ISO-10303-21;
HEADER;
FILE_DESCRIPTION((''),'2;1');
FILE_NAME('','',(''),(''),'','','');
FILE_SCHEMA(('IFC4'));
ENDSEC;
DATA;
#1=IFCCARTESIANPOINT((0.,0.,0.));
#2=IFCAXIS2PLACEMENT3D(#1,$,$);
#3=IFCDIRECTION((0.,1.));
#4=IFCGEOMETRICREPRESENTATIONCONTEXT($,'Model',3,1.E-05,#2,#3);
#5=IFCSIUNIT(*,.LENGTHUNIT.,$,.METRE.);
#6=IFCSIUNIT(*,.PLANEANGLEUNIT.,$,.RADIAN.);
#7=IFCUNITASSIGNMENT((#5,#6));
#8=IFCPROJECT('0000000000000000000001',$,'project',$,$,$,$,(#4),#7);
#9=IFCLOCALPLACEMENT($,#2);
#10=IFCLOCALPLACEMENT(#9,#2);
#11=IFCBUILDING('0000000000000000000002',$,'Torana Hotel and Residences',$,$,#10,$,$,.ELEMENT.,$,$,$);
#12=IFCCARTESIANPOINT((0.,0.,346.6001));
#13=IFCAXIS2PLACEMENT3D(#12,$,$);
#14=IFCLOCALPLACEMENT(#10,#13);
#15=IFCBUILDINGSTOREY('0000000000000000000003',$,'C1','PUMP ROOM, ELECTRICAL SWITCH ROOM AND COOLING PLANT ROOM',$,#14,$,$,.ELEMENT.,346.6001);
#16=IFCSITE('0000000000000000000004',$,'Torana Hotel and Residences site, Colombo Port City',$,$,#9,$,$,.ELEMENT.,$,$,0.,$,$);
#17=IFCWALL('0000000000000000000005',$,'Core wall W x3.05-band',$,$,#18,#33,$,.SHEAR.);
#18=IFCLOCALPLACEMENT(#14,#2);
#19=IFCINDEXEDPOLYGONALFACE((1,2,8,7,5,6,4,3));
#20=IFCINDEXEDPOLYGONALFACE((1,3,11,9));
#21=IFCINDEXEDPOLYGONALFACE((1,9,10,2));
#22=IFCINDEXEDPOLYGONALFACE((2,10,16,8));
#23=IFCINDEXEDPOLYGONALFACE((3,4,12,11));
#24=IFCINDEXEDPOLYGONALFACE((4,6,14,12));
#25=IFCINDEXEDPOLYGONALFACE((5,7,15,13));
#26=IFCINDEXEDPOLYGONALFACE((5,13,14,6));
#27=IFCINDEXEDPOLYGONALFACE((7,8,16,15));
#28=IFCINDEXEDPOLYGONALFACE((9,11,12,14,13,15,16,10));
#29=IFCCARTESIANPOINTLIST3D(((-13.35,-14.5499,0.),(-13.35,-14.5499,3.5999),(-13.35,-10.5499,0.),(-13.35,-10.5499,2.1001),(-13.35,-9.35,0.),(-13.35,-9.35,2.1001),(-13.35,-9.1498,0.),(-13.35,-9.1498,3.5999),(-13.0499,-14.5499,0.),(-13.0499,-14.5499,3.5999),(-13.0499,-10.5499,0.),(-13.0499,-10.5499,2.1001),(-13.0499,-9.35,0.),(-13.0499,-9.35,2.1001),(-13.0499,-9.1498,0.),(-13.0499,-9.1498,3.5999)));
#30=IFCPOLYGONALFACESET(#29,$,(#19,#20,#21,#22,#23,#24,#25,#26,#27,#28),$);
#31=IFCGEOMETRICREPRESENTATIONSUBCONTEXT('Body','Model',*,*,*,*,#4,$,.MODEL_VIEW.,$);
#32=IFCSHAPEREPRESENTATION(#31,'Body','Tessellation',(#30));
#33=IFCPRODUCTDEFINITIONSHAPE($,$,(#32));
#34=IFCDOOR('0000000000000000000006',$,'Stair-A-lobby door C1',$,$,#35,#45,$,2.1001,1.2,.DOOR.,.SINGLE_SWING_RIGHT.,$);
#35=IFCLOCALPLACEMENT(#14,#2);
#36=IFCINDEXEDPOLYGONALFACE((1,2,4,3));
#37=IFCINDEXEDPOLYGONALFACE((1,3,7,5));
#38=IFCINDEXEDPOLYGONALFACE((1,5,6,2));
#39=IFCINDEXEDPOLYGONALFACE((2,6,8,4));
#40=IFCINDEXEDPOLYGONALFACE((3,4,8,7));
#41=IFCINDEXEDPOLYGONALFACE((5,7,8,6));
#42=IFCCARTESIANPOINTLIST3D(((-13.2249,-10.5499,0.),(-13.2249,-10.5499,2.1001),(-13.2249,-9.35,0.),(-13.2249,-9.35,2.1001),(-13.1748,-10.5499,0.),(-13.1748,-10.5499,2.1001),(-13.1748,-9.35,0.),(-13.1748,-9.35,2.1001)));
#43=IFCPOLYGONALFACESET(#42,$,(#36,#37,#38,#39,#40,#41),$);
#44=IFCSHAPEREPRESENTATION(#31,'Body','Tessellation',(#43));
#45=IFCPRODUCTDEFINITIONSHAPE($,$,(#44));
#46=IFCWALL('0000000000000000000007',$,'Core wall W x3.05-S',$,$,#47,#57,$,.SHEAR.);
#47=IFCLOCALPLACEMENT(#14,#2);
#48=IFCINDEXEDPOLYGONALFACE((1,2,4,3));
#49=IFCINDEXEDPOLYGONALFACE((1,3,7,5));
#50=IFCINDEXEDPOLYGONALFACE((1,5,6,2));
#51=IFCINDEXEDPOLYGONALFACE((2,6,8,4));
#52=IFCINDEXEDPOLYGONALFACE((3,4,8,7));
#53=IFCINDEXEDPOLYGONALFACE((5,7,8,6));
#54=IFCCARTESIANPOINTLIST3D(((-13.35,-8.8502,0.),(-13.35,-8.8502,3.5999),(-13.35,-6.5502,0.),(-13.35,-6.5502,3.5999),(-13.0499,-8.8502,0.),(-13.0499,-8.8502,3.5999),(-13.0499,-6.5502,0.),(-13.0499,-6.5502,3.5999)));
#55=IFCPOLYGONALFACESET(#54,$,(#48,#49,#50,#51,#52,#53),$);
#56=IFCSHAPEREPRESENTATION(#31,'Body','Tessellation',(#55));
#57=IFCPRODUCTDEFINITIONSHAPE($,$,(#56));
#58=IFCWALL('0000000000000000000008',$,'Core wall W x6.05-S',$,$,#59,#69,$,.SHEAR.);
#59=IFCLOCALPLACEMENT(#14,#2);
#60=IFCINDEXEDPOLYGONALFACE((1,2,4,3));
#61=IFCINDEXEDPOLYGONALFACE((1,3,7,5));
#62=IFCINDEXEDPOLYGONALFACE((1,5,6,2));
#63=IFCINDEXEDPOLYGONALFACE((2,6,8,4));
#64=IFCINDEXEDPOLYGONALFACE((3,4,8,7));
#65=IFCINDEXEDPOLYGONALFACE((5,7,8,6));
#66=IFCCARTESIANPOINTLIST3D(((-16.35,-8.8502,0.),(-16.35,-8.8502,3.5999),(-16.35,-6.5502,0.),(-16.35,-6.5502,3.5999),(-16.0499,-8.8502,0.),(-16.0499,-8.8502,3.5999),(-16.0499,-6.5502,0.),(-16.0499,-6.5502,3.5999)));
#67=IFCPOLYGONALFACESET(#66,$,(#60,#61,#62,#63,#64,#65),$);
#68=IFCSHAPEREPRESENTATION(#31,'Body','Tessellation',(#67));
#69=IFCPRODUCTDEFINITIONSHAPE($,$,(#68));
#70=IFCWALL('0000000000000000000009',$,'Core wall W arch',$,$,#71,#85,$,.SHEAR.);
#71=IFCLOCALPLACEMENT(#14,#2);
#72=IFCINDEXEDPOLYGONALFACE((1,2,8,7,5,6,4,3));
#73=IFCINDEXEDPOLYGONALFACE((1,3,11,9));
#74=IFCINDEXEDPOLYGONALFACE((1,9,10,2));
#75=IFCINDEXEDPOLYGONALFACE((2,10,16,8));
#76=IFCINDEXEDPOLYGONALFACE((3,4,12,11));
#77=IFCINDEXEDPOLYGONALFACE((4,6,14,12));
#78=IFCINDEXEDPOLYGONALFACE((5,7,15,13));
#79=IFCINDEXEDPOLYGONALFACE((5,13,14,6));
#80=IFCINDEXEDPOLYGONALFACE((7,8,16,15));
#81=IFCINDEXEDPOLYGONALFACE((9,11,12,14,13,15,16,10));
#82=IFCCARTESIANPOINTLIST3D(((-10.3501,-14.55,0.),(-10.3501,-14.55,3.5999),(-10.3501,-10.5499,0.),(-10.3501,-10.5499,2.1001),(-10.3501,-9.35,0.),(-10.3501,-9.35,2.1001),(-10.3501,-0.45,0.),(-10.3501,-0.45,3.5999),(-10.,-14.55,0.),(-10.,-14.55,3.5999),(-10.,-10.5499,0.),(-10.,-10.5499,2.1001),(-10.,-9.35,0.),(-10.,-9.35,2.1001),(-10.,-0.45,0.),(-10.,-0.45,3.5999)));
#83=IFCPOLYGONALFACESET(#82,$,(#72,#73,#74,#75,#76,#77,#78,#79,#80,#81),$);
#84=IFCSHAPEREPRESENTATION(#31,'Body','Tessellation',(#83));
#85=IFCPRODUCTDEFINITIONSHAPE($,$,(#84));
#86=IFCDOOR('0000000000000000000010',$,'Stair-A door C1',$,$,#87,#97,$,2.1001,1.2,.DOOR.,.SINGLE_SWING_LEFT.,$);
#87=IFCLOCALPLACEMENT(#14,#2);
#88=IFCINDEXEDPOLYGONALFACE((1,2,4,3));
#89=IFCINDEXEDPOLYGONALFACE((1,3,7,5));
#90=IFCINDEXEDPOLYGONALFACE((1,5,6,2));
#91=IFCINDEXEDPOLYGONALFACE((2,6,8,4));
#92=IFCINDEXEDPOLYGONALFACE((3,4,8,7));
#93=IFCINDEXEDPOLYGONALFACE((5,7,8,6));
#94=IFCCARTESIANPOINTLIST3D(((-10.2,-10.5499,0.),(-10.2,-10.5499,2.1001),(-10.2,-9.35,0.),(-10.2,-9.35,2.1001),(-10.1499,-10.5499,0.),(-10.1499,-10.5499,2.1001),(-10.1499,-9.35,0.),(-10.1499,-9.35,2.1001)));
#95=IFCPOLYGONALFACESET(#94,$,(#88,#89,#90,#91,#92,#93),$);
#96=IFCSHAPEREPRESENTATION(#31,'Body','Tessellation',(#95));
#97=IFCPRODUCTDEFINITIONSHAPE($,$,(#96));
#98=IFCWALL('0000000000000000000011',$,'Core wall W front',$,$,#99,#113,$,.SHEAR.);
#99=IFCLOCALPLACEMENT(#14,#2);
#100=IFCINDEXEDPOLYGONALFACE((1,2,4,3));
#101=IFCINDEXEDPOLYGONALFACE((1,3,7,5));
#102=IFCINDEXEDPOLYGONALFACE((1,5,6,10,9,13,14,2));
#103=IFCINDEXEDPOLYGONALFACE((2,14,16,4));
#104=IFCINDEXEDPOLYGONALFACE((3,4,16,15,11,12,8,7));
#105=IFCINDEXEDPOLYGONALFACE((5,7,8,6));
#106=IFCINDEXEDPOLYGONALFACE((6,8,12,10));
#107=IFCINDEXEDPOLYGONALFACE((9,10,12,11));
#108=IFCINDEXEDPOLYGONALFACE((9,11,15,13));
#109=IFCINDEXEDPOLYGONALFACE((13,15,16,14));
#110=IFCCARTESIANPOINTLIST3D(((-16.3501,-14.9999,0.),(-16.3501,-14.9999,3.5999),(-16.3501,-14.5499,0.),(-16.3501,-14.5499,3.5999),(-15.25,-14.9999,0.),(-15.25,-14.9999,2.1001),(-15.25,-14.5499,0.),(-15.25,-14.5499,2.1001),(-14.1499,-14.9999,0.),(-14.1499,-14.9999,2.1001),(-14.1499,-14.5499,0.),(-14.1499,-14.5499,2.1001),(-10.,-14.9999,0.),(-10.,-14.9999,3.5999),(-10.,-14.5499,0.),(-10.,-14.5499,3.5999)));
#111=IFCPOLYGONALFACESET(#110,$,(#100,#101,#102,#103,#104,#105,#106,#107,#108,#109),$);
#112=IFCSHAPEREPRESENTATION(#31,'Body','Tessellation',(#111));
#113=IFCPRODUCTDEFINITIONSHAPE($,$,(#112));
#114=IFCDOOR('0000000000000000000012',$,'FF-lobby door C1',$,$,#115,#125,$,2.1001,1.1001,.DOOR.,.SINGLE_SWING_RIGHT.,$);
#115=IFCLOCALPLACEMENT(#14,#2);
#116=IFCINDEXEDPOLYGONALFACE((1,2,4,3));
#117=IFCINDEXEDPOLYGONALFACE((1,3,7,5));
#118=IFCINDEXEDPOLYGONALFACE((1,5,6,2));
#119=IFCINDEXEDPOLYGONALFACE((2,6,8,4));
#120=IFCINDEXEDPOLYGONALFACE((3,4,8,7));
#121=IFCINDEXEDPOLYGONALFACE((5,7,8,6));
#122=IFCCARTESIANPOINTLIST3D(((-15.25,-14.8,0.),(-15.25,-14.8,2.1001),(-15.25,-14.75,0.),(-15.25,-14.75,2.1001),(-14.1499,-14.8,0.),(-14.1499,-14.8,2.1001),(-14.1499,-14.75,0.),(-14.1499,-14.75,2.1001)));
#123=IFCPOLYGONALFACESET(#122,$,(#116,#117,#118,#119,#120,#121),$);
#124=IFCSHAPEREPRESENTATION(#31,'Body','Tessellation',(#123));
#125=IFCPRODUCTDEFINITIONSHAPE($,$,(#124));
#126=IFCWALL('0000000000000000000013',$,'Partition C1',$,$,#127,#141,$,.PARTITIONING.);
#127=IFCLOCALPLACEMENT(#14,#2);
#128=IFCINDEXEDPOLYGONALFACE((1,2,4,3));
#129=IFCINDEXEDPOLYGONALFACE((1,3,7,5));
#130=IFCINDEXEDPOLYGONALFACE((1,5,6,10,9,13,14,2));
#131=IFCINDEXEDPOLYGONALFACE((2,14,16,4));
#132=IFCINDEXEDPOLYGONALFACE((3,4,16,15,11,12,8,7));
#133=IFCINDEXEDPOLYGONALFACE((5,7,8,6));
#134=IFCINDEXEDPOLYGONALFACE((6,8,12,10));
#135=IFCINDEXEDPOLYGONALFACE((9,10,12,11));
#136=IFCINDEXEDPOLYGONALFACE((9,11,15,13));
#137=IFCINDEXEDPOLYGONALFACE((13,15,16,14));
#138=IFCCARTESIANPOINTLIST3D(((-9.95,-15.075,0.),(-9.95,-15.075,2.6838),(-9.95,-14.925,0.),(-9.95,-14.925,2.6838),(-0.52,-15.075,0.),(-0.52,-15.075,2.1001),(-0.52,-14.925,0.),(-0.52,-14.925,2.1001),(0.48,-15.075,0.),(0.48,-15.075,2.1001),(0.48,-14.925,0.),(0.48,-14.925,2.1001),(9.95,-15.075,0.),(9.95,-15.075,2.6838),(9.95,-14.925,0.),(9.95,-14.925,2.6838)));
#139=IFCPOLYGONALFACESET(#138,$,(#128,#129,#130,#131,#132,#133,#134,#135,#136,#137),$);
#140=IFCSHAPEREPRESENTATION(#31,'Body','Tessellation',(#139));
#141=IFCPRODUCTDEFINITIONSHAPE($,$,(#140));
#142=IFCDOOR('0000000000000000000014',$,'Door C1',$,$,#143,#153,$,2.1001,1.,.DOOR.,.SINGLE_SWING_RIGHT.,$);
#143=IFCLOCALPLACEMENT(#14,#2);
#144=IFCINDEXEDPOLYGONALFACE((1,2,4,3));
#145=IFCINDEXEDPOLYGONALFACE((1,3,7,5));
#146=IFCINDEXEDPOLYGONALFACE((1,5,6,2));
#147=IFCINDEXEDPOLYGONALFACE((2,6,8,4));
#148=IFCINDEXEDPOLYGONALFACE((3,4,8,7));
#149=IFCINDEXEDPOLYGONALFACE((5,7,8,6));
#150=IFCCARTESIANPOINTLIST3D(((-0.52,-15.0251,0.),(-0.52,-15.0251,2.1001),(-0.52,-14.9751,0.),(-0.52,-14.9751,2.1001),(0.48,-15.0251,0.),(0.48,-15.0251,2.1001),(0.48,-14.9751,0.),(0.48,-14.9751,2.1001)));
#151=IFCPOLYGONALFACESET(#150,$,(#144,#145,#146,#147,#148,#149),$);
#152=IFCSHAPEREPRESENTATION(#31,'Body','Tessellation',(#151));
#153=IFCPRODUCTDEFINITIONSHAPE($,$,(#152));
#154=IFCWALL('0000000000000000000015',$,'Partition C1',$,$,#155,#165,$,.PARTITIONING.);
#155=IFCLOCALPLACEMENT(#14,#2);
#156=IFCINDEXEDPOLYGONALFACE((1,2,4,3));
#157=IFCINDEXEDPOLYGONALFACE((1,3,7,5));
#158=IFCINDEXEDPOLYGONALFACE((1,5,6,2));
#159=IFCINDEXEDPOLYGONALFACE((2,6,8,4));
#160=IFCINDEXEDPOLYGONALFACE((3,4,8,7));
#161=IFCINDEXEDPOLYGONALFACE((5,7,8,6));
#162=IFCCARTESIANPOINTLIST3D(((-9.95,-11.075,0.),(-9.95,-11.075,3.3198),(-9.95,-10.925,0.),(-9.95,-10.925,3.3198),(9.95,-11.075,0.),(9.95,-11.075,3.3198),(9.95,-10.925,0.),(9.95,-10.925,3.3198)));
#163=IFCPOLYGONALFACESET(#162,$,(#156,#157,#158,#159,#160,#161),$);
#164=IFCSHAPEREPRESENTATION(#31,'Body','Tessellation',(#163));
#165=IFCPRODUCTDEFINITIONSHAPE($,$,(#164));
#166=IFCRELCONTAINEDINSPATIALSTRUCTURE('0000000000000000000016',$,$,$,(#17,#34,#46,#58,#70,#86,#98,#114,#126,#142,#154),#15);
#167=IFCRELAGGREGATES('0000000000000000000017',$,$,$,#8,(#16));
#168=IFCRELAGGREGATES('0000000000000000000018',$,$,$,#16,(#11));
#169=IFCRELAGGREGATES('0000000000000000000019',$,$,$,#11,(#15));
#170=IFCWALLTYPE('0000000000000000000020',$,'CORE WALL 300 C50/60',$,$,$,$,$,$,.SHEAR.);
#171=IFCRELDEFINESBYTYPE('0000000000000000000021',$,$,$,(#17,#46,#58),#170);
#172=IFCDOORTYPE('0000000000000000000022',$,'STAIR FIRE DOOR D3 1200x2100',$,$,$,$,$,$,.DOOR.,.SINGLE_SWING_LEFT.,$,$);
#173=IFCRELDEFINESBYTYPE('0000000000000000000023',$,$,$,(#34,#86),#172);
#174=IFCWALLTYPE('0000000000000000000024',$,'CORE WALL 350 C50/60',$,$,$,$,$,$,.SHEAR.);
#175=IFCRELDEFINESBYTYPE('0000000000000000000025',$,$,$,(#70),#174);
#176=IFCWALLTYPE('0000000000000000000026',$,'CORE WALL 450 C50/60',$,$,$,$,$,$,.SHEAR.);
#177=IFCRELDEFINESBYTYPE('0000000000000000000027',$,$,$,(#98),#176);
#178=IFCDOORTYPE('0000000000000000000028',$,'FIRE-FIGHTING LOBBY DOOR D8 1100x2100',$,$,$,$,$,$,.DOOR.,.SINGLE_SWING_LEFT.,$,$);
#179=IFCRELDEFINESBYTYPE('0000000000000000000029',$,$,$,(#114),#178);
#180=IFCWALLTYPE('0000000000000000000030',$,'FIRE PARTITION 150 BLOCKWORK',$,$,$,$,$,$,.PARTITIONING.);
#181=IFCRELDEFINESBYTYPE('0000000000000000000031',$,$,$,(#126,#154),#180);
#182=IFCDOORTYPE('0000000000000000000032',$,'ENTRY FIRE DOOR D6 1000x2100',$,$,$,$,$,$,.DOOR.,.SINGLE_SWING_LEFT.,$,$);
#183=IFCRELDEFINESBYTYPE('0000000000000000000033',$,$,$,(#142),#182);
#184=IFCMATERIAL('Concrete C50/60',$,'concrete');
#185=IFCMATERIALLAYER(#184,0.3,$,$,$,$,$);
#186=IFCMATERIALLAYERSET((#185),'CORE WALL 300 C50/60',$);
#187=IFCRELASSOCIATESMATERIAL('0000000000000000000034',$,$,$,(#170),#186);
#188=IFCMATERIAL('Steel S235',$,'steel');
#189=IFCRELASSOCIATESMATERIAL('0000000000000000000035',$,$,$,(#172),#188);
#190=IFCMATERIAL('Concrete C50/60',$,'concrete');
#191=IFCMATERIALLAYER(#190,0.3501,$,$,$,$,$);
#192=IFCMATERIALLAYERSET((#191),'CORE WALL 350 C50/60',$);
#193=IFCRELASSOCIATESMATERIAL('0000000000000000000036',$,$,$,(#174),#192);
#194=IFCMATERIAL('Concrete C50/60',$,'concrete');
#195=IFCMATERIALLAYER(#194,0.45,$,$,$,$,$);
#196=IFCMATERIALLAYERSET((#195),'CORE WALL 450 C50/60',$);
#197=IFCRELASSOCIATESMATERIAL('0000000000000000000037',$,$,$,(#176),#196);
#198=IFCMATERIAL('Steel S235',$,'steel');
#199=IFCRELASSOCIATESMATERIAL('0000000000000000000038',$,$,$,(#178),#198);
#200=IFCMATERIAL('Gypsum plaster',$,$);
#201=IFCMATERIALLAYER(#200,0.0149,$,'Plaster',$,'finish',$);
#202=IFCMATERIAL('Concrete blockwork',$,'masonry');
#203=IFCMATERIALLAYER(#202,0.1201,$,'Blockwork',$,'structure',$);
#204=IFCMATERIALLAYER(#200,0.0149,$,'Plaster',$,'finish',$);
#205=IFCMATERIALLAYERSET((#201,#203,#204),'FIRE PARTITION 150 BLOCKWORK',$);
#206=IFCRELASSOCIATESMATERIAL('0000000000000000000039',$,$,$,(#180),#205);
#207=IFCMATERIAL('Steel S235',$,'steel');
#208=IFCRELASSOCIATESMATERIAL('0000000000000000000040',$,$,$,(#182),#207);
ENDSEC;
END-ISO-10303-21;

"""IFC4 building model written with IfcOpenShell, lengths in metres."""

from ifc_helpers import new_model, si_unit, direction, frame, frame_2d, origin, place, context, subcontext, project, spatial, rectangle, extrude, material, layer, layer_set, type_object, element, fill, save


model = new_model("IFC4")

# Units and contexts
model_context = context("Model", 3, precision=1e-05, world=origin(), true_north=direction((0.0, 1.0)))
body_context = subcontext(model_context, "Body", "Model", "MODEL_VIEW")
ifc_project = project(units=[si_unit("LENGTHUNIT", "METRE"), si_unit("PLANEANGLEUNIT", "RADIAN")], contexts=[model_context])

# Site, building, storey
site_placement = place(None, origin())
site = spatial("IfcSite", under=ifc_project, at=site_placement, Name="Torana Hotel and Residences site, Colombo Port City", CompositionType="ELEMENT", RefElevation=0.0)
building_placement = place(site_placement, origin())
building = spatial("IfcBuilding", under=site, at=building_placement, Name="Torana Hotel and Residences", CompositionType="ELEMENT")
storey_placement = place(building_placement, frame((0.0, 0.0, 346.6001)))
storey = spatial("IfcBuildingStorey", under=building, at=storey_placement, Name="C1", Description="PUMP ROOM, ELECTRICAL SWITCH ROOM AND COOLING PLANT ROOM", CompositionType="ELEMENT", Elevation=346.6001)

# Shared definitions
ifc_material_1 = material(Name="Concrete C50/60", Category="concrete")
ifc_layer_1 = layer(ifc_material_1, 0.3)
ifc_layer_set_1 = layer_set([ifc_layer_1], Name="CORE WALL 300 C50/60")
wall_type_1 = type_object("IfcWallType", Name="CORE WALL 300 C50/60", PredefinedType="SHEAR", material=ifc_layer_set_1)

# Wall, opening, door
wall_1_placement = place(storey_placement, frame((-13.2, -14.55, 0.0), z_axis=(0.0, 0.0, 1.0), x_axis=(0.0, 1.0, 0.0)))
wall_1 = element("IfcWall", 1, at=wall_1_placement, inside=storey, type_object=wall_type_1, Name="Core wall W x3.05-band", PredefinedType="SHEAR", context=body_context, shape_type="SweptSolid", body=[
    extrude(rectangle(XDim=5.4001, YDim=0.3, at=frame_2d((2.7002, 0.0))), origin(), (0.0, 0.0, 1.0), 3.5999),
])
opening_1_placement = place(wall_1_placement, frame((4.0, 0.0, 0.0)))
opening_1 = element("IfcOpeningElement", 2, at=opening_1_placement, cuts=wall_1, PredefinedType="OPENING", context=body_context, shape_type="SweptSolid", body=[
    extrude(rectangle(XDim=1.2, YDim=2.1001, at=frame_2d((0.6001, 1.05))), frame((0.0, 0.1599, 0.0), z_axis=(0.0, -1.0, 0.0), x_axis=(1.0, 0.0, 0.0)), (0.0, 0.0, 1.0), 0.3201),
])
ifc_material_2 = material(Name="Steel S235", Category="steel")
door_type_1 = type_object("IfcDoorType", Name="STAIR FIRE DOOR D3 1200x2100", OperationType="SINGLE_SWING_LEFT", PredefinedType="DOOR", material=ifc_material_2)
door_1_placement = place(opening_1_placement, frame((0.6001, 0.0, 0.0), z_axis=(0.0, 0.0, 1.0), x_axis=(-1.0, 0.0, 0.0)))
door_1 = element("IfcDoor", 3, at=door_1_placement, inside=storey, type_object=door_type_1, Name="Stair-A-lobby door C1", OperationType="SINGLE_SWING_RIGHT", OverallHeight=2.1001, OverallWidth=1.2, PredefinedType="DOOR", context=body_context, shape_type="SweptSolid", body=[
    extrude(rectangle(XDim=1.2, YDim=2.1001, at=frame_2d((0.0, 1.05))), frame((0.0, -0.0249, 0.0), z_axis=(0.0, 1.0, 0.0), x_axis=(-1.0, 0.0, 0.0)), (0.0, 0.0, 1.0), 0.05),
])
fill(opening_1, door_1)

# Walls
for number, where, z_axis, x_axis, name in (
    (4, (-13.2, -8.8501, 0.0), (0.0, 0.0, 1.0), (0.0, 1.0, 0.0), "Core wall W x3.05-S"),
    (5, (-16.2, -8.8501, 0.0), (0.0, 0.0, 1.0), (0.0, 1.0, 0.0), "Core wall W x6.05-S"),
):
    element("IfcWall", number, at=place(storey_placement, frame(where, z_axis=z_axis, x_axis=x_axis)), inside=storey, type_object=wall_type_1, Name=name, PredefinedType="SHEAR", context=body_context, shape_type="SweptSolid", body=[
        extrude(rectangle(XDim=2.3, YDim=0.3, at=frame_2d((1.1499, 0.0))), origin(), (0.0, 0.0, 1.0), 3.5999),
    ])

# Walls, openings, doors
ifc_material_3 = material(Name="Concrete C50/60", Category="concrete")
ifc_layer_2 = layer(ifc_material_3, 0.3501)
ifc_layer_set_2 = layer_set([ifc_layer_2], Name="CORE WALL 350 C50/60")
wall_type_2 = type_object("IfcWallType", Name="CORE WALL 350 C50/60", PredefinedType="SHEAR", material=ifc_layer_set_2)
wall_2_placement = place(storey_placement, frame((-10.175, -14.55, 0.0), z_axis=(0.0, 0.0, 1.0), x_axis=(0.0, 1.0, 0.0)))
wall_2 = element("IfcWall", 6, at=wall_2_placement, inside=storey, type_object=wall_type_2, Name="Core wall W arch", PredefinedType="SHEAR", context=body_context, shape_type="SweptSolid", body=[
    extrude(rectangle(XDim=14.1001, YDim=0.3501, at=frame_2d((7.05, 0.0))), origin(), (0.0, 0.0, 1.0), 3.5999),
])
opening_2_placement = place(wall_2_placement, frame((4.0, 0.0, 0.0)))
opening_2 = element("IfcOpeningElement", 7, at=opening_2_placement, cuts=wall_2, PredefinedType="OPENING", context=body_context, shape_type="SweptSolid", body=[
    extrude(rectangle(XDim=1.2, YDim=2.1001, at=frame_2d((0.6001, 1.05))), frame((0.0, 0.1851, 0.0), z_axis=(0.0, -1.0, 0.0), x_axis=(1.0, 0.0, 0.0)), (0.0, 0.0, 1.0), 0.3701),
])
door_2_placement = place(opening_2_placement, origin())
door_2 = element("IfcDoor", 8, at=door_2_placement, inside=storey, type_object=door_type_1, Name="Stair-A door C1", OperationType="SINGLE_SWING_LEFT", OverallHeight=2.1001, OverallWidth=1.2, PredefinedType="DOOR", context=body_context, shape_type="SweptSolid", body=[
    extrude(rectangle(XDim=1.2, YDim=2.1001, at=frame_2d((0.6001, 1.05))), frame((0.0, 0.0249, 0.0), z_axis=(0.0, -1.0, 0.0), x_axis=(1.0, 0.0, 0.0)), (0.0, 0.0, 1.0), 0.05),
])
fill(opening_2, door_2)
ifc_material_4 = material(Name="Concrete C50/60", Category="concrete")
ifc_layer_3 = layer(ifc_material_4, 0.45)
ifc_layer_set_3 = layer_set([ifc_layer_3], Name="CORE WALL 450 C50/60")
wall_type_3 = type_object("IfcWallType", Name="CORE WALL 450 C50/60", PredefinedType="SHEAR", material=ifc_layer_set_3)
wall_3_placement = place(storey_placement, frame((-16.3501, -14.7749, 0.0), z_axis=(0.0, 0.0, 1.0), x_axis=(1.0, 0.0, 0.0)))
wall_3 = element("IfcWall", 9, at=wall_3_placement, inside=storey, type_object=wall_type_3, Name="Core wall W front", PredefinedType="SHEAR", context=body_context, shape_type="SweptSolid", body=[
    extrude(rectangle(XDim=6.3501, YDim=0.45, at=frame_2d((3.175, 0.0))), origin(), (0.0, 0.0, 1.0), 3.5999),
])
opening_3_placement = place(wall_3_placement, frame((1.1001, 0.0, 0.0)))
opening_3 = element("IfcOpeningElement", 10, at=opening_3_placement, cuts=wall_3, PredefinedType="OPENING", context=body_context, shape_type="SweptSolid", body=[
    extrude(rectangle(XDim=1.1001, YDim=2.1001, at=frame_2d((0.55, 1.05))), frame((0.0, 0.2349, 0.0), z_axis=(0.0, -1.0, 0.0), x_axis=(1.0, 0.0, 0.0)), (0.0, 0.0, 1.0), 0.47),
])
ifc_material_5 = material(Name="Steel S235", Category="steel")
door_type_2 = type_object("IfcDoorType", Name="FIRE-FIGHTING LOBBY DOOR D8 1100x2100", OperationType="SINGLE_SWING_LEFT", PredefinedType="DOOR", material=ifc_material_5)
door_3_placement = place(opening_3_placement, origin())
door_3 = element("IfcDoor", 11, at=door_3_placement, inside=storey, type_object=door_type_2, Name="FF-lobby door C1", OperationType="SINGLE_SWING_RIGHT", OverallHeight=2.1001, OverallWidth=1.1001, PredefinedType="DOOR", context=body_context, shape_type="SweptSolid", body=[
    extrude(rectangle(XDim=1.1001, YDim=2.1001, at=frame_2d((0.55, 1.05))), frame((0.0, 0.0249, 0.0), z_axis=(0.0, -1.0, 0.0), x_axis=(1.0, 0.0, 0.0)), (0.0, 0.0, 1.0), 0.05),
])
fill(opening_3, door_3)
ifc_material_6 = material(Name="Gypsum plaster")
ifc_layer_4 = layer(ifc_material_6, 0.0149, Name="Plaster", Category="finish")
ifc_material_7 = material(Name="Concrete blockwork", Category="masonry")
ifc_layer_5 = layer(ifc_material_7, 0.1201, Name="Blockwork", Category="structure")
ifc_layer_6 = layer(ifc_material_6, 0.0149, Name="Plaster", Category="finish")
ifc_layer_set_4 = layer_set([ifc_layer_4, ifc_layer_5, ifc_layer_6], Name="FIRE PARTITION 150 BLOCKWORK")
wall_type_4 = type_object("IfcWallType", Name="FIRE PARTITION 150 BLOCKWORK", PredefinedType="PARTITIONING", material=ifc_layer_set_4)
wall_4_placement = place(storey_placement, frame((-9.95, -15.0, 0.0), z_axis=(0.0, 0.0, 1.0), x_axis=(1.0, 0.0, 0.0)))
wall_4 = element("IfcWall", 12, at=wall_4_placement, inside=storey, type_object=wall_type_4, Name="Partition C1", PredefinedType="PARTITIONING", context=body_context, shape_type="SweptSolid", body=[
    extrude(rectangle(XDim=19.8999, YDim=0.1499, at=frame_2d((9.95, 0.0))), origin(), (0.0, 0.0, 1.0), 2.6838),
])
opening_4_placement = place(wall_4_placement, frame((9.4299, 0.0, 0.0)))
opening_4 = element("IfcOpeningElement", 13, at=opening_4_placement, cuts=wall_4, PredefinedType="OPENING", context=body_context, shape_type="SweptSolid", body=[
    extrude(rectangle(XDim=1.0, YDim=2.1001, at=frame_2d((0.5, 1.05))), frame((0.0, 0.085, 0.0), z_axis=(0.0, -1.0, 0.0), x_axis=(1.0, 0.0, 0.0)), (0.0, 0.0, 1.0), 0.1699),
])
ifc_material_8 = material(Name="Steel S235", Category="steel")
door_type_3 = type_object("IfcDoorType", Name="ENTRY FIRE DOOR D6 1000x2100", OperationType="SINGLE_SWING_LEFT", PredefinedType="DOOR", material=ifc_material_8)
door_4_placement = place(opening_4_placement, origin())
door_4 = element("IfcDoor", 14, at=door_4_placement, inside=storey, type_object=door_type_3, Name="Door C1", OperationType="SINGLE_SWING_RIGHT", OverallHeight=2.1001, OverallWidth=1.0, PredefinedType="DOOR", context=body_context, shape_type="SweptSolid", body=[
    extrude(rectangle(XDim=1.0, YDim=2.1001, at=frame_2d((0.5, 1.05))), frame((0.0, 0.0249, 0.0), z_axis=(0.0, -1.0, 0.0), x_axis=(1.0, 0.0, 0.0)), (0.0, 0.0, 1.0), 0.05),
])
fill(opening_4, door_4)

# Wall
wall_5_placement = place(storey_placement, frame((-9.95, -11.0, 0.0), z_axis=(0.0, 0.0, 1.0), x_axis=(1.0, 0.0, 0.0)))
element("IfcWall", 15, at=wall_5_placement, inside=storey, type_object=wall_type_4, Name="Partition C1", PredefinedType="PARTITIONING", context=body_context, shape_type="SweptSolid", body=[
    extrude(rectangle(XDim=19.8999, YDim=0.1499, at=frame_2d((9.95, 0.0))), origin(), (0.0, 0.0, 1.0), 3.3198),
])

save(model, "model.ifc")
